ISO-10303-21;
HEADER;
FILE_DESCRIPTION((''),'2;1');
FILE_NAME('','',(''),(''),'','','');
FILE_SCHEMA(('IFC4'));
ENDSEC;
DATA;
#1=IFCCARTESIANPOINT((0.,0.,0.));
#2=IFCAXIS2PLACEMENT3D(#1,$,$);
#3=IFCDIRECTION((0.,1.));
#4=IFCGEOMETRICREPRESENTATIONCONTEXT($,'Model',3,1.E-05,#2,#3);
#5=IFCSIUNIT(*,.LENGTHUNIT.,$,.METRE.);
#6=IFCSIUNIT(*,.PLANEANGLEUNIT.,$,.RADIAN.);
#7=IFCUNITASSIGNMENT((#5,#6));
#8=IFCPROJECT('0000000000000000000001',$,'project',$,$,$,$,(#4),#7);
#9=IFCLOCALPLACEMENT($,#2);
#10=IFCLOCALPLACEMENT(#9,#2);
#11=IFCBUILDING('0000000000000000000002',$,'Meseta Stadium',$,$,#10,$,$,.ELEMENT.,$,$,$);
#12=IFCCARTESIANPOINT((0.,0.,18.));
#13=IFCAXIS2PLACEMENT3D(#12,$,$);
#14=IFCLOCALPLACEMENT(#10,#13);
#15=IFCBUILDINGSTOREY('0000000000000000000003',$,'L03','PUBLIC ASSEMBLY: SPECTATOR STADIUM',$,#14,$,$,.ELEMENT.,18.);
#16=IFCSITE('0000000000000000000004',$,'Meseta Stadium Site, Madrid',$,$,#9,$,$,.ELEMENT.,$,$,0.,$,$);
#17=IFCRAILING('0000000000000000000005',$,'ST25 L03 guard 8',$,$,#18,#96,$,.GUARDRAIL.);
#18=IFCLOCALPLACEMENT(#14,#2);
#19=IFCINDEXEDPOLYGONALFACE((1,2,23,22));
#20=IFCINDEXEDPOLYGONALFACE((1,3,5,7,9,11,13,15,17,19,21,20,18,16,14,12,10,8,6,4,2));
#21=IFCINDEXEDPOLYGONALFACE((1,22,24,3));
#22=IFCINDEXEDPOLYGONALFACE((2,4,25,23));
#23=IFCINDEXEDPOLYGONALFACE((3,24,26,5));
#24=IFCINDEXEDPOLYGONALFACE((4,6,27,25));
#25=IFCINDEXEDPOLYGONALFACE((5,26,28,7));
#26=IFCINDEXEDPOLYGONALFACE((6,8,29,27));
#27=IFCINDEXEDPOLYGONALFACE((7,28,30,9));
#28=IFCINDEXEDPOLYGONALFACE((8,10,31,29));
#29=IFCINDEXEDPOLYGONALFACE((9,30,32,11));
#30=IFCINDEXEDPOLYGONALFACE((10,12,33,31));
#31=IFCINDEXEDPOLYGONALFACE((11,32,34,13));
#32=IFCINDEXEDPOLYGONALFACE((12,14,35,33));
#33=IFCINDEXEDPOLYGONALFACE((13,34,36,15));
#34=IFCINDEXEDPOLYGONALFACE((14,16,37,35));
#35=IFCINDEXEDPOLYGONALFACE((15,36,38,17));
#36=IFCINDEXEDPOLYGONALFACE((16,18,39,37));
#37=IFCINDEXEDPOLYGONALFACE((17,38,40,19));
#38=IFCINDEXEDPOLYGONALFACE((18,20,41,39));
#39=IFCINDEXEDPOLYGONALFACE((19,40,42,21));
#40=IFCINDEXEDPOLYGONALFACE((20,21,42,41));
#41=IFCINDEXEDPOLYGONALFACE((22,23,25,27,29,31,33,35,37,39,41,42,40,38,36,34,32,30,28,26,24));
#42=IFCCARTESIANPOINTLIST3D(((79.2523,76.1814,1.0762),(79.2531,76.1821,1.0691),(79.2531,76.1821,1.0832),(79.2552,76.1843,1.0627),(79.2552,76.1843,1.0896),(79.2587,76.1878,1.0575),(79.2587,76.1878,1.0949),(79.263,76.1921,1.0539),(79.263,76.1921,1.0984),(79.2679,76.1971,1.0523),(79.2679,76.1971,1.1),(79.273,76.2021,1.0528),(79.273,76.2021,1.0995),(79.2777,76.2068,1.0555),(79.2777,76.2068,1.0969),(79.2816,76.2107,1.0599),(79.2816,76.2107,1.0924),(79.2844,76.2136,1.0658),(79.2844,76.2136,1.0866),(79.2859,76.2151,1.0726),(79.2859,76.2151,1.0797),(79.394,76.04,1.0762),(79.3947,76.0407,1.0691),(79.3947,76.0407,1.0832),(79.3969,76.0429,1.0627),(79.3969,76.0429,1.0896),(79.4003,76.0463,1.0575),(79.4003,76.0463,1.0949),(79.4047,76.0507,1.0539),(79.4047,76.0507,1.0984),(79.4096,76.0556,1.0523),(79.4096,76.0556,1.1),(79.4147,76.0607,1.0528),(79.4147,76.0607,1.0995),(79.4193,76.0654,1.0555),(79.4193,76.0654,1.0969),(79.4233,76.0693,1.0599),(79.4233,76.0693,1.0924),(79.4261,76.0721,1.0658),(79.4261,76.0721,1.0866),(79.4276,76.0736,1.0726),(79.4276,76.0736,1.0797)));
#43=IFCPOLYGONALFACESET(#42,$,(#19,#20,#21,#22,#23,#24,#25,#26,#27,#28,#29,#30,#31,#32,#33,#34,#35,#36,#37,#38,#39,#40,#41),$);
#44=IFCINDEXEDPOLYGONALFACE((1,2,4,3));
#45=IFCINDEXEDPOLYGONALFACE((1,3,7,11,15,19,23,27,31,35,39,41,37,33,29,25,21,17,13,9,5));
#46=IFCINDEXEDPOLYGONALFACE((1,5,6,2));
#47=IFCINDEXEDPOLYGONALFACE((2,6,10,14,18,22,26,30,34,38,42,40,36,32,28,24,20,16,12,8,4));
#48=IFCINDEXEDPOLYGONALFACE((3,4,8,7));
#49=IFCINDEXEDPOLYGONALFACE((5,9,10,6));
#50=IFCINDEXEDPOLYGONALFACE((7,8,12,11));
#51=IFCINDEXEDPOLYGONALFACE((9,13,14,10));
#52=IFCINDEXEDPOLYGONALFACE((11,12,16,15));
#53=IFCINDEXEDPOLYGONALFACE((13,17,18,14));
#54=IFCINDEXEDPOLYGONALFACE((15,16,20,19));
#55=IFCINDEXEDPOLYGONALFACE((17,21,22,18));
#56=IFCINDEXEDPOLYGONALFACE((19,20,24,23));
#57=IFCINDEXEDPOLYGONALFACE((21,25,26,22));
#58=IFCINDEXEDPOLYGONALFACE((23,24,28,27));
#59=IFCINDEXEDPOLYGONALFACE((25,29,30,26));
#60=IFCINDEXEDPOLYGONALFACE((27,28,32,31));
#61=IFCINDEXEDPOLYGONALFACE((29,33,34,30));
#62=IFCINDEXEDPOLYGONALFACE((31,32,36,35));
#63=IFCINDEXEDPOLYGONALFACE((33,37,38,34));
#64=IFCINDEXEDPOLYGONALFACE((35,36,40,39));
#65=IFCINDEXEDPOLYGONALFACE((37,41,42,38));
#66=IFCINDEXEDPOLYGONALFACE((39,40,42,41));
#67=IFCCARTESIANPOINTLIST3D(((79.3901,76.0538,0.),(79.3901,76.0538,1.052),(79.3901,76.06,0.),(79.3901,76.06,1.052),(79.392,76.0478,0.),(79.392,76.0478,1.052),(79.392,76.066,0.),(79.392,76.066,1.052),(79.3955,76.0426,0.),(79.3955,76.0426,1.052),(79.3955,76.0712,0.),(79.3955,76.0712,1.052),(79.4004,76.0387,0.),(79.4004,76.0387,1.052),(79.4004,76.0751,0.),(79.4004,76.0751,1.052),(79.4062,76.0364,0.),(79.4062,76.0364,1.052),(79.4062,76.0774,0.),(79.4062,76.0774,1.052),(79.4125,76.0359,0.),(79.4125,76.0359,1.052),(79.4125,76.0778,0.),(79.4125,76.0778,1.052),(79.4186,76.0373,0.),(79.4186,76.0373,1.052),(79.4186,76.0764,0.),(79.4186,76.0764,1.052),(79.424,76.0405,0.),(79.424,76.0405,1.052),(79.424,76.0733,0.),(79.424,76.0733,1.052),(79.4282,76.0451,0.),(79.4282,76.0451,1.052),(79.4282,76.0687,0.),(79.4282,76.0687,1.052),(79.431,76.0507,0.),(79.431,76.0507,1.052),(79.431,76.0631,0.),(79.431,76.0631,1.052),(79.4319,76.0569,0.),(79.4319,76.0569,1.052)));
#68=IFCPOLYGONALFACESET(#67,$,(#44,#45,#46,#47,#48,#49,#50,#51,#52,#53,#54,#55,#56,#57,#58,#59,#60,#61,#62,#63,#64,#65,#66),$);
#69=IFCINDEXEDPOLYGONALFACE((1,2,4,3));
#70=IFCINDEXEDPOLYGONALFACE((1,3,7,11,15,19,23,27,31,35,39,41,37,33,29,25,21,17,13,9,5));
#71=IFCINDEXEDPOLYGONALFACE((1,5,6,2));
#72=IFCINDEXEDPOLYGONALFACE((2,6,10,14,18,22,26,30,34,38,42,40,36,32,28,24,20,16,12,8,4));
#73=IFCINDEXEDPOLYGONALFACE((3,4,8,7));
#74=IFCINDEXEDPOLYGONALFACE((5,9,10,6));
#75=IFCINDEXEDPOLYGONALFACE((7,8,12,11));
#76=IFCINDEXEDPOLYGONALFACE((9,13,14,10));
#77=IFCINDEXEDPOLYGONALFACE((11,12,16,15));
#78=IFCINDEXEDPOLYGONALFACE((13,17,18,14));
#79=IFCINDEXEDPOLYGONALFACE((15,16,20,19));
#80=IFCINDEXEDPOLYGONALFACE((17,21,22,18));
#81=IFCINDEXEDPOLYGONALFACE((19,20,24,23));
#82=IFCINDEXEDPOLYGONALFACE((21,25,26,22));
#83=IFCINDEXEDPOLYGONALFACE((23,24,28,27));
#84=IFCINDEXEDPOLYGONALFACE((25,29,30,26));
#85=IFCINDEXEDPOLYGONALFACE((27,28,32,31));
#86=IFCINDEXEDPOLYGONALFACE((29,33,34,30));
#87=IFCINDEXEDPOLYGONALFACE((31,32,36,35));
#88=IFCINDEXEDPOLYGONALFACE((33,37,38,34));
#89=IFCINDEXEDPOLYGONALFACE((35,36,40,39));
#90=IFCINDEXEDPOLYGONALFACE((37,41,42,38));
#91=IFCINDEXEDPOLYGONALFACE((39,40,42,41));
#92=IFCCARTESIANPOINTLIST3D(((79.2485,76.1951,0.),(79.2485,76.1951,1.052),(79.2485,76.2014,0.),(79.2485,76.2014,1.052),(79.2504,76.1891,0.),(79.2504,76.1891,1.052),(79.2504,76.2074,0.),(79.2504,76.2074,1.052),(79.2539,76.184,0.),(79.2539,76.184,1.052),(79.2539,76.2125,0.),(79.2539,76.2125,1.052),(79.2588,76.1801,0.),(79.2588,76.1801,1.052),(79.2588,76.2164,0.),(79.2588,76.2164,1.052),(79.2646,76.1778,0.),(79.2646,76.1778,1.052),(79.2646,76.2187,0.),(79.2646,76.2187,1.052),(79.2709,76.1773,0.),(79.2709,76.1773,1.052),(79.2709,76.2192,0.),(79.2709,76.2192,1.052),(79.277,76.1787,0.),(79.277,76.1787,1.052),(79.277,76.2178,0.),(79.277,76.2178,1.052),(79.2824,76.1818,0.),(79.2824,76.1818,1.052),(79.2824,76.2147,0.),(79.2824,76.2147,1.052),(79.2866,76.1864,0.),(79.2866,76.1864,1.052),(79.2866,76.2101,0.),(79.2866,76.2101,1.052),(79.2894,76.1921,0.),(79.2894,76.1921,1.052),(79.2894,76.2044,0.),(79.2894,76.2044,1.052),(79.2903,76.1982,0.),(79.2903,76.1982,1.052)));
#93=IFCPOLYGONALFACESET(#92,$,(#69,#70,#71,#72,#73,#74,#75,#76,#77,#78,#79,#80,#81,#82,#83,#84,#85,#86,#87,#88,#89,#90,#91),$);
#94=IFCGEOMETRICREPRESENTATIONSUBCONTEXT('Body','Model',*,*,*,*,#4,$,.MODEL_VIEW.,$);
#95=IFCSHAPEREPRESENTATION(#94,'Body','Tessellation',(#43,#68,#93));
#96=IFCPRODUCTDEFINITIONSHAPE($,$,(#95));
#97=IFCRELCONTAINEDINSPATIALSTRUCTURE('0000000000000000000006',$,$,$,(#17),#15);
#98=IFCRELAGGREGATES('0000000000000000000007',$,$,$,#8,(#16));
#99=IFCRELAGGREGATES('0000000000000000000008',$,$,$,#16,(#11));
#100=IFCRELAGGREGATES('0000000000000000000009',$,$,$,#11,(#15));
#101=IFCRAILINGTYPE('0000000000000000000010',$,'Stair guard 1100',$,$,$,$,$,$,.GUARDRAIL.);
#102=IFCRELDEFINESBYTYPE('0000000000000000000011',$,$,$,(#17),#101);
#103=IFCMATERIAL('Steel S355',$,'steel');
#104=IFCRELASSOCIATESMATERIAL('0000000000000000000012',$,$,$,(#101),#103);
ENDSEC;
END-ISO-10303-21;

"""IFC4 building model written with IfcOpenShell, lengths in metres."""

from ifc_helpers import new_model, si_unit, direction, frame, origin, origin_2d, place, context, subcontext, project, spatial, circle, extrude, material, type_object, element, save


model = new_model("IFC4")

# Units and contexts
model_context = context("Model", 3, precision=1e-05, world=origin(), true_north=direction((0.0, 1.0)))
body_context = subcontext(model_context, "Body", "Model", "MODEL_VIEW")
ifc_project = project(units=[si_unit("LENGTHUNIT", "METRE"), si_unit("PLANEANGLEUNIT", "RADIAN")], contexts=[model_context])

# Site, building, storey
site_placement = place(None, origin())
site = spatial("IfcSite", under=ifc_project, at=site_placement, Name="Meseta Stadium Site, Madrid", CompositionType="ELEMENT", RefElevation=0.0)
building_placement = place(site_placement, origin())
building = spatial("IfcBuilding", under=site, at=building_placement, Name="Meseta Stadium", CompositionType="ELEMENT")
storey_placement = place(building_placement, frame((0.0, 0.0, 18.0)))
storey = spatial("IfcBuildingStorey", under=building, at=storey_placement, Name="L03", Description="PUBLIC ASSEMBLY: SPECTATOR STADIUM", CompositionType="ELEMENT", Elevation=18.0)

# Railing
ifc_material_1 = material(Name="Steel S355", Category="steel")
railing_type_1 = type_object("IfcRailingType", Name="Stair guard 1100", PredefinedType="GUARDRAIL", material=ifc_material_1)
railing_1_placement = place(storey_placement, frame((79.4109, 76.0569, 0.0)))
element("IfcRailing", 1, at=railing_1_placement, inside=storey, type_object=railing_type_1, Name="ST25 L03 guard 8", PredefinedType="GUARDRAIL", context=body_context, shape_type="SweptSolid", body=[
    extrude(circle(Radius=0.0239, at=origin_2d()), frame((0.0, 0.0, 1.0762), z_axis=(-0.707717, 0.706496, 0.0), x_axis=(-0.706496, -0.707717, 0.0)), (0.0, 0.0, 1.0), 0.2002),
    extrude(circle(Radius=0.021, at=origin_2d()), origin(), (0.0, 0.0, 1.0), 1.052),
    extrude(circle(Radius=0.021, at=origin_2d()), frame((-0.1416, 0.1414, 0.0)), (0.0, 0.0, 1.0), 1.052),
])

save(model, "model.ifc")
